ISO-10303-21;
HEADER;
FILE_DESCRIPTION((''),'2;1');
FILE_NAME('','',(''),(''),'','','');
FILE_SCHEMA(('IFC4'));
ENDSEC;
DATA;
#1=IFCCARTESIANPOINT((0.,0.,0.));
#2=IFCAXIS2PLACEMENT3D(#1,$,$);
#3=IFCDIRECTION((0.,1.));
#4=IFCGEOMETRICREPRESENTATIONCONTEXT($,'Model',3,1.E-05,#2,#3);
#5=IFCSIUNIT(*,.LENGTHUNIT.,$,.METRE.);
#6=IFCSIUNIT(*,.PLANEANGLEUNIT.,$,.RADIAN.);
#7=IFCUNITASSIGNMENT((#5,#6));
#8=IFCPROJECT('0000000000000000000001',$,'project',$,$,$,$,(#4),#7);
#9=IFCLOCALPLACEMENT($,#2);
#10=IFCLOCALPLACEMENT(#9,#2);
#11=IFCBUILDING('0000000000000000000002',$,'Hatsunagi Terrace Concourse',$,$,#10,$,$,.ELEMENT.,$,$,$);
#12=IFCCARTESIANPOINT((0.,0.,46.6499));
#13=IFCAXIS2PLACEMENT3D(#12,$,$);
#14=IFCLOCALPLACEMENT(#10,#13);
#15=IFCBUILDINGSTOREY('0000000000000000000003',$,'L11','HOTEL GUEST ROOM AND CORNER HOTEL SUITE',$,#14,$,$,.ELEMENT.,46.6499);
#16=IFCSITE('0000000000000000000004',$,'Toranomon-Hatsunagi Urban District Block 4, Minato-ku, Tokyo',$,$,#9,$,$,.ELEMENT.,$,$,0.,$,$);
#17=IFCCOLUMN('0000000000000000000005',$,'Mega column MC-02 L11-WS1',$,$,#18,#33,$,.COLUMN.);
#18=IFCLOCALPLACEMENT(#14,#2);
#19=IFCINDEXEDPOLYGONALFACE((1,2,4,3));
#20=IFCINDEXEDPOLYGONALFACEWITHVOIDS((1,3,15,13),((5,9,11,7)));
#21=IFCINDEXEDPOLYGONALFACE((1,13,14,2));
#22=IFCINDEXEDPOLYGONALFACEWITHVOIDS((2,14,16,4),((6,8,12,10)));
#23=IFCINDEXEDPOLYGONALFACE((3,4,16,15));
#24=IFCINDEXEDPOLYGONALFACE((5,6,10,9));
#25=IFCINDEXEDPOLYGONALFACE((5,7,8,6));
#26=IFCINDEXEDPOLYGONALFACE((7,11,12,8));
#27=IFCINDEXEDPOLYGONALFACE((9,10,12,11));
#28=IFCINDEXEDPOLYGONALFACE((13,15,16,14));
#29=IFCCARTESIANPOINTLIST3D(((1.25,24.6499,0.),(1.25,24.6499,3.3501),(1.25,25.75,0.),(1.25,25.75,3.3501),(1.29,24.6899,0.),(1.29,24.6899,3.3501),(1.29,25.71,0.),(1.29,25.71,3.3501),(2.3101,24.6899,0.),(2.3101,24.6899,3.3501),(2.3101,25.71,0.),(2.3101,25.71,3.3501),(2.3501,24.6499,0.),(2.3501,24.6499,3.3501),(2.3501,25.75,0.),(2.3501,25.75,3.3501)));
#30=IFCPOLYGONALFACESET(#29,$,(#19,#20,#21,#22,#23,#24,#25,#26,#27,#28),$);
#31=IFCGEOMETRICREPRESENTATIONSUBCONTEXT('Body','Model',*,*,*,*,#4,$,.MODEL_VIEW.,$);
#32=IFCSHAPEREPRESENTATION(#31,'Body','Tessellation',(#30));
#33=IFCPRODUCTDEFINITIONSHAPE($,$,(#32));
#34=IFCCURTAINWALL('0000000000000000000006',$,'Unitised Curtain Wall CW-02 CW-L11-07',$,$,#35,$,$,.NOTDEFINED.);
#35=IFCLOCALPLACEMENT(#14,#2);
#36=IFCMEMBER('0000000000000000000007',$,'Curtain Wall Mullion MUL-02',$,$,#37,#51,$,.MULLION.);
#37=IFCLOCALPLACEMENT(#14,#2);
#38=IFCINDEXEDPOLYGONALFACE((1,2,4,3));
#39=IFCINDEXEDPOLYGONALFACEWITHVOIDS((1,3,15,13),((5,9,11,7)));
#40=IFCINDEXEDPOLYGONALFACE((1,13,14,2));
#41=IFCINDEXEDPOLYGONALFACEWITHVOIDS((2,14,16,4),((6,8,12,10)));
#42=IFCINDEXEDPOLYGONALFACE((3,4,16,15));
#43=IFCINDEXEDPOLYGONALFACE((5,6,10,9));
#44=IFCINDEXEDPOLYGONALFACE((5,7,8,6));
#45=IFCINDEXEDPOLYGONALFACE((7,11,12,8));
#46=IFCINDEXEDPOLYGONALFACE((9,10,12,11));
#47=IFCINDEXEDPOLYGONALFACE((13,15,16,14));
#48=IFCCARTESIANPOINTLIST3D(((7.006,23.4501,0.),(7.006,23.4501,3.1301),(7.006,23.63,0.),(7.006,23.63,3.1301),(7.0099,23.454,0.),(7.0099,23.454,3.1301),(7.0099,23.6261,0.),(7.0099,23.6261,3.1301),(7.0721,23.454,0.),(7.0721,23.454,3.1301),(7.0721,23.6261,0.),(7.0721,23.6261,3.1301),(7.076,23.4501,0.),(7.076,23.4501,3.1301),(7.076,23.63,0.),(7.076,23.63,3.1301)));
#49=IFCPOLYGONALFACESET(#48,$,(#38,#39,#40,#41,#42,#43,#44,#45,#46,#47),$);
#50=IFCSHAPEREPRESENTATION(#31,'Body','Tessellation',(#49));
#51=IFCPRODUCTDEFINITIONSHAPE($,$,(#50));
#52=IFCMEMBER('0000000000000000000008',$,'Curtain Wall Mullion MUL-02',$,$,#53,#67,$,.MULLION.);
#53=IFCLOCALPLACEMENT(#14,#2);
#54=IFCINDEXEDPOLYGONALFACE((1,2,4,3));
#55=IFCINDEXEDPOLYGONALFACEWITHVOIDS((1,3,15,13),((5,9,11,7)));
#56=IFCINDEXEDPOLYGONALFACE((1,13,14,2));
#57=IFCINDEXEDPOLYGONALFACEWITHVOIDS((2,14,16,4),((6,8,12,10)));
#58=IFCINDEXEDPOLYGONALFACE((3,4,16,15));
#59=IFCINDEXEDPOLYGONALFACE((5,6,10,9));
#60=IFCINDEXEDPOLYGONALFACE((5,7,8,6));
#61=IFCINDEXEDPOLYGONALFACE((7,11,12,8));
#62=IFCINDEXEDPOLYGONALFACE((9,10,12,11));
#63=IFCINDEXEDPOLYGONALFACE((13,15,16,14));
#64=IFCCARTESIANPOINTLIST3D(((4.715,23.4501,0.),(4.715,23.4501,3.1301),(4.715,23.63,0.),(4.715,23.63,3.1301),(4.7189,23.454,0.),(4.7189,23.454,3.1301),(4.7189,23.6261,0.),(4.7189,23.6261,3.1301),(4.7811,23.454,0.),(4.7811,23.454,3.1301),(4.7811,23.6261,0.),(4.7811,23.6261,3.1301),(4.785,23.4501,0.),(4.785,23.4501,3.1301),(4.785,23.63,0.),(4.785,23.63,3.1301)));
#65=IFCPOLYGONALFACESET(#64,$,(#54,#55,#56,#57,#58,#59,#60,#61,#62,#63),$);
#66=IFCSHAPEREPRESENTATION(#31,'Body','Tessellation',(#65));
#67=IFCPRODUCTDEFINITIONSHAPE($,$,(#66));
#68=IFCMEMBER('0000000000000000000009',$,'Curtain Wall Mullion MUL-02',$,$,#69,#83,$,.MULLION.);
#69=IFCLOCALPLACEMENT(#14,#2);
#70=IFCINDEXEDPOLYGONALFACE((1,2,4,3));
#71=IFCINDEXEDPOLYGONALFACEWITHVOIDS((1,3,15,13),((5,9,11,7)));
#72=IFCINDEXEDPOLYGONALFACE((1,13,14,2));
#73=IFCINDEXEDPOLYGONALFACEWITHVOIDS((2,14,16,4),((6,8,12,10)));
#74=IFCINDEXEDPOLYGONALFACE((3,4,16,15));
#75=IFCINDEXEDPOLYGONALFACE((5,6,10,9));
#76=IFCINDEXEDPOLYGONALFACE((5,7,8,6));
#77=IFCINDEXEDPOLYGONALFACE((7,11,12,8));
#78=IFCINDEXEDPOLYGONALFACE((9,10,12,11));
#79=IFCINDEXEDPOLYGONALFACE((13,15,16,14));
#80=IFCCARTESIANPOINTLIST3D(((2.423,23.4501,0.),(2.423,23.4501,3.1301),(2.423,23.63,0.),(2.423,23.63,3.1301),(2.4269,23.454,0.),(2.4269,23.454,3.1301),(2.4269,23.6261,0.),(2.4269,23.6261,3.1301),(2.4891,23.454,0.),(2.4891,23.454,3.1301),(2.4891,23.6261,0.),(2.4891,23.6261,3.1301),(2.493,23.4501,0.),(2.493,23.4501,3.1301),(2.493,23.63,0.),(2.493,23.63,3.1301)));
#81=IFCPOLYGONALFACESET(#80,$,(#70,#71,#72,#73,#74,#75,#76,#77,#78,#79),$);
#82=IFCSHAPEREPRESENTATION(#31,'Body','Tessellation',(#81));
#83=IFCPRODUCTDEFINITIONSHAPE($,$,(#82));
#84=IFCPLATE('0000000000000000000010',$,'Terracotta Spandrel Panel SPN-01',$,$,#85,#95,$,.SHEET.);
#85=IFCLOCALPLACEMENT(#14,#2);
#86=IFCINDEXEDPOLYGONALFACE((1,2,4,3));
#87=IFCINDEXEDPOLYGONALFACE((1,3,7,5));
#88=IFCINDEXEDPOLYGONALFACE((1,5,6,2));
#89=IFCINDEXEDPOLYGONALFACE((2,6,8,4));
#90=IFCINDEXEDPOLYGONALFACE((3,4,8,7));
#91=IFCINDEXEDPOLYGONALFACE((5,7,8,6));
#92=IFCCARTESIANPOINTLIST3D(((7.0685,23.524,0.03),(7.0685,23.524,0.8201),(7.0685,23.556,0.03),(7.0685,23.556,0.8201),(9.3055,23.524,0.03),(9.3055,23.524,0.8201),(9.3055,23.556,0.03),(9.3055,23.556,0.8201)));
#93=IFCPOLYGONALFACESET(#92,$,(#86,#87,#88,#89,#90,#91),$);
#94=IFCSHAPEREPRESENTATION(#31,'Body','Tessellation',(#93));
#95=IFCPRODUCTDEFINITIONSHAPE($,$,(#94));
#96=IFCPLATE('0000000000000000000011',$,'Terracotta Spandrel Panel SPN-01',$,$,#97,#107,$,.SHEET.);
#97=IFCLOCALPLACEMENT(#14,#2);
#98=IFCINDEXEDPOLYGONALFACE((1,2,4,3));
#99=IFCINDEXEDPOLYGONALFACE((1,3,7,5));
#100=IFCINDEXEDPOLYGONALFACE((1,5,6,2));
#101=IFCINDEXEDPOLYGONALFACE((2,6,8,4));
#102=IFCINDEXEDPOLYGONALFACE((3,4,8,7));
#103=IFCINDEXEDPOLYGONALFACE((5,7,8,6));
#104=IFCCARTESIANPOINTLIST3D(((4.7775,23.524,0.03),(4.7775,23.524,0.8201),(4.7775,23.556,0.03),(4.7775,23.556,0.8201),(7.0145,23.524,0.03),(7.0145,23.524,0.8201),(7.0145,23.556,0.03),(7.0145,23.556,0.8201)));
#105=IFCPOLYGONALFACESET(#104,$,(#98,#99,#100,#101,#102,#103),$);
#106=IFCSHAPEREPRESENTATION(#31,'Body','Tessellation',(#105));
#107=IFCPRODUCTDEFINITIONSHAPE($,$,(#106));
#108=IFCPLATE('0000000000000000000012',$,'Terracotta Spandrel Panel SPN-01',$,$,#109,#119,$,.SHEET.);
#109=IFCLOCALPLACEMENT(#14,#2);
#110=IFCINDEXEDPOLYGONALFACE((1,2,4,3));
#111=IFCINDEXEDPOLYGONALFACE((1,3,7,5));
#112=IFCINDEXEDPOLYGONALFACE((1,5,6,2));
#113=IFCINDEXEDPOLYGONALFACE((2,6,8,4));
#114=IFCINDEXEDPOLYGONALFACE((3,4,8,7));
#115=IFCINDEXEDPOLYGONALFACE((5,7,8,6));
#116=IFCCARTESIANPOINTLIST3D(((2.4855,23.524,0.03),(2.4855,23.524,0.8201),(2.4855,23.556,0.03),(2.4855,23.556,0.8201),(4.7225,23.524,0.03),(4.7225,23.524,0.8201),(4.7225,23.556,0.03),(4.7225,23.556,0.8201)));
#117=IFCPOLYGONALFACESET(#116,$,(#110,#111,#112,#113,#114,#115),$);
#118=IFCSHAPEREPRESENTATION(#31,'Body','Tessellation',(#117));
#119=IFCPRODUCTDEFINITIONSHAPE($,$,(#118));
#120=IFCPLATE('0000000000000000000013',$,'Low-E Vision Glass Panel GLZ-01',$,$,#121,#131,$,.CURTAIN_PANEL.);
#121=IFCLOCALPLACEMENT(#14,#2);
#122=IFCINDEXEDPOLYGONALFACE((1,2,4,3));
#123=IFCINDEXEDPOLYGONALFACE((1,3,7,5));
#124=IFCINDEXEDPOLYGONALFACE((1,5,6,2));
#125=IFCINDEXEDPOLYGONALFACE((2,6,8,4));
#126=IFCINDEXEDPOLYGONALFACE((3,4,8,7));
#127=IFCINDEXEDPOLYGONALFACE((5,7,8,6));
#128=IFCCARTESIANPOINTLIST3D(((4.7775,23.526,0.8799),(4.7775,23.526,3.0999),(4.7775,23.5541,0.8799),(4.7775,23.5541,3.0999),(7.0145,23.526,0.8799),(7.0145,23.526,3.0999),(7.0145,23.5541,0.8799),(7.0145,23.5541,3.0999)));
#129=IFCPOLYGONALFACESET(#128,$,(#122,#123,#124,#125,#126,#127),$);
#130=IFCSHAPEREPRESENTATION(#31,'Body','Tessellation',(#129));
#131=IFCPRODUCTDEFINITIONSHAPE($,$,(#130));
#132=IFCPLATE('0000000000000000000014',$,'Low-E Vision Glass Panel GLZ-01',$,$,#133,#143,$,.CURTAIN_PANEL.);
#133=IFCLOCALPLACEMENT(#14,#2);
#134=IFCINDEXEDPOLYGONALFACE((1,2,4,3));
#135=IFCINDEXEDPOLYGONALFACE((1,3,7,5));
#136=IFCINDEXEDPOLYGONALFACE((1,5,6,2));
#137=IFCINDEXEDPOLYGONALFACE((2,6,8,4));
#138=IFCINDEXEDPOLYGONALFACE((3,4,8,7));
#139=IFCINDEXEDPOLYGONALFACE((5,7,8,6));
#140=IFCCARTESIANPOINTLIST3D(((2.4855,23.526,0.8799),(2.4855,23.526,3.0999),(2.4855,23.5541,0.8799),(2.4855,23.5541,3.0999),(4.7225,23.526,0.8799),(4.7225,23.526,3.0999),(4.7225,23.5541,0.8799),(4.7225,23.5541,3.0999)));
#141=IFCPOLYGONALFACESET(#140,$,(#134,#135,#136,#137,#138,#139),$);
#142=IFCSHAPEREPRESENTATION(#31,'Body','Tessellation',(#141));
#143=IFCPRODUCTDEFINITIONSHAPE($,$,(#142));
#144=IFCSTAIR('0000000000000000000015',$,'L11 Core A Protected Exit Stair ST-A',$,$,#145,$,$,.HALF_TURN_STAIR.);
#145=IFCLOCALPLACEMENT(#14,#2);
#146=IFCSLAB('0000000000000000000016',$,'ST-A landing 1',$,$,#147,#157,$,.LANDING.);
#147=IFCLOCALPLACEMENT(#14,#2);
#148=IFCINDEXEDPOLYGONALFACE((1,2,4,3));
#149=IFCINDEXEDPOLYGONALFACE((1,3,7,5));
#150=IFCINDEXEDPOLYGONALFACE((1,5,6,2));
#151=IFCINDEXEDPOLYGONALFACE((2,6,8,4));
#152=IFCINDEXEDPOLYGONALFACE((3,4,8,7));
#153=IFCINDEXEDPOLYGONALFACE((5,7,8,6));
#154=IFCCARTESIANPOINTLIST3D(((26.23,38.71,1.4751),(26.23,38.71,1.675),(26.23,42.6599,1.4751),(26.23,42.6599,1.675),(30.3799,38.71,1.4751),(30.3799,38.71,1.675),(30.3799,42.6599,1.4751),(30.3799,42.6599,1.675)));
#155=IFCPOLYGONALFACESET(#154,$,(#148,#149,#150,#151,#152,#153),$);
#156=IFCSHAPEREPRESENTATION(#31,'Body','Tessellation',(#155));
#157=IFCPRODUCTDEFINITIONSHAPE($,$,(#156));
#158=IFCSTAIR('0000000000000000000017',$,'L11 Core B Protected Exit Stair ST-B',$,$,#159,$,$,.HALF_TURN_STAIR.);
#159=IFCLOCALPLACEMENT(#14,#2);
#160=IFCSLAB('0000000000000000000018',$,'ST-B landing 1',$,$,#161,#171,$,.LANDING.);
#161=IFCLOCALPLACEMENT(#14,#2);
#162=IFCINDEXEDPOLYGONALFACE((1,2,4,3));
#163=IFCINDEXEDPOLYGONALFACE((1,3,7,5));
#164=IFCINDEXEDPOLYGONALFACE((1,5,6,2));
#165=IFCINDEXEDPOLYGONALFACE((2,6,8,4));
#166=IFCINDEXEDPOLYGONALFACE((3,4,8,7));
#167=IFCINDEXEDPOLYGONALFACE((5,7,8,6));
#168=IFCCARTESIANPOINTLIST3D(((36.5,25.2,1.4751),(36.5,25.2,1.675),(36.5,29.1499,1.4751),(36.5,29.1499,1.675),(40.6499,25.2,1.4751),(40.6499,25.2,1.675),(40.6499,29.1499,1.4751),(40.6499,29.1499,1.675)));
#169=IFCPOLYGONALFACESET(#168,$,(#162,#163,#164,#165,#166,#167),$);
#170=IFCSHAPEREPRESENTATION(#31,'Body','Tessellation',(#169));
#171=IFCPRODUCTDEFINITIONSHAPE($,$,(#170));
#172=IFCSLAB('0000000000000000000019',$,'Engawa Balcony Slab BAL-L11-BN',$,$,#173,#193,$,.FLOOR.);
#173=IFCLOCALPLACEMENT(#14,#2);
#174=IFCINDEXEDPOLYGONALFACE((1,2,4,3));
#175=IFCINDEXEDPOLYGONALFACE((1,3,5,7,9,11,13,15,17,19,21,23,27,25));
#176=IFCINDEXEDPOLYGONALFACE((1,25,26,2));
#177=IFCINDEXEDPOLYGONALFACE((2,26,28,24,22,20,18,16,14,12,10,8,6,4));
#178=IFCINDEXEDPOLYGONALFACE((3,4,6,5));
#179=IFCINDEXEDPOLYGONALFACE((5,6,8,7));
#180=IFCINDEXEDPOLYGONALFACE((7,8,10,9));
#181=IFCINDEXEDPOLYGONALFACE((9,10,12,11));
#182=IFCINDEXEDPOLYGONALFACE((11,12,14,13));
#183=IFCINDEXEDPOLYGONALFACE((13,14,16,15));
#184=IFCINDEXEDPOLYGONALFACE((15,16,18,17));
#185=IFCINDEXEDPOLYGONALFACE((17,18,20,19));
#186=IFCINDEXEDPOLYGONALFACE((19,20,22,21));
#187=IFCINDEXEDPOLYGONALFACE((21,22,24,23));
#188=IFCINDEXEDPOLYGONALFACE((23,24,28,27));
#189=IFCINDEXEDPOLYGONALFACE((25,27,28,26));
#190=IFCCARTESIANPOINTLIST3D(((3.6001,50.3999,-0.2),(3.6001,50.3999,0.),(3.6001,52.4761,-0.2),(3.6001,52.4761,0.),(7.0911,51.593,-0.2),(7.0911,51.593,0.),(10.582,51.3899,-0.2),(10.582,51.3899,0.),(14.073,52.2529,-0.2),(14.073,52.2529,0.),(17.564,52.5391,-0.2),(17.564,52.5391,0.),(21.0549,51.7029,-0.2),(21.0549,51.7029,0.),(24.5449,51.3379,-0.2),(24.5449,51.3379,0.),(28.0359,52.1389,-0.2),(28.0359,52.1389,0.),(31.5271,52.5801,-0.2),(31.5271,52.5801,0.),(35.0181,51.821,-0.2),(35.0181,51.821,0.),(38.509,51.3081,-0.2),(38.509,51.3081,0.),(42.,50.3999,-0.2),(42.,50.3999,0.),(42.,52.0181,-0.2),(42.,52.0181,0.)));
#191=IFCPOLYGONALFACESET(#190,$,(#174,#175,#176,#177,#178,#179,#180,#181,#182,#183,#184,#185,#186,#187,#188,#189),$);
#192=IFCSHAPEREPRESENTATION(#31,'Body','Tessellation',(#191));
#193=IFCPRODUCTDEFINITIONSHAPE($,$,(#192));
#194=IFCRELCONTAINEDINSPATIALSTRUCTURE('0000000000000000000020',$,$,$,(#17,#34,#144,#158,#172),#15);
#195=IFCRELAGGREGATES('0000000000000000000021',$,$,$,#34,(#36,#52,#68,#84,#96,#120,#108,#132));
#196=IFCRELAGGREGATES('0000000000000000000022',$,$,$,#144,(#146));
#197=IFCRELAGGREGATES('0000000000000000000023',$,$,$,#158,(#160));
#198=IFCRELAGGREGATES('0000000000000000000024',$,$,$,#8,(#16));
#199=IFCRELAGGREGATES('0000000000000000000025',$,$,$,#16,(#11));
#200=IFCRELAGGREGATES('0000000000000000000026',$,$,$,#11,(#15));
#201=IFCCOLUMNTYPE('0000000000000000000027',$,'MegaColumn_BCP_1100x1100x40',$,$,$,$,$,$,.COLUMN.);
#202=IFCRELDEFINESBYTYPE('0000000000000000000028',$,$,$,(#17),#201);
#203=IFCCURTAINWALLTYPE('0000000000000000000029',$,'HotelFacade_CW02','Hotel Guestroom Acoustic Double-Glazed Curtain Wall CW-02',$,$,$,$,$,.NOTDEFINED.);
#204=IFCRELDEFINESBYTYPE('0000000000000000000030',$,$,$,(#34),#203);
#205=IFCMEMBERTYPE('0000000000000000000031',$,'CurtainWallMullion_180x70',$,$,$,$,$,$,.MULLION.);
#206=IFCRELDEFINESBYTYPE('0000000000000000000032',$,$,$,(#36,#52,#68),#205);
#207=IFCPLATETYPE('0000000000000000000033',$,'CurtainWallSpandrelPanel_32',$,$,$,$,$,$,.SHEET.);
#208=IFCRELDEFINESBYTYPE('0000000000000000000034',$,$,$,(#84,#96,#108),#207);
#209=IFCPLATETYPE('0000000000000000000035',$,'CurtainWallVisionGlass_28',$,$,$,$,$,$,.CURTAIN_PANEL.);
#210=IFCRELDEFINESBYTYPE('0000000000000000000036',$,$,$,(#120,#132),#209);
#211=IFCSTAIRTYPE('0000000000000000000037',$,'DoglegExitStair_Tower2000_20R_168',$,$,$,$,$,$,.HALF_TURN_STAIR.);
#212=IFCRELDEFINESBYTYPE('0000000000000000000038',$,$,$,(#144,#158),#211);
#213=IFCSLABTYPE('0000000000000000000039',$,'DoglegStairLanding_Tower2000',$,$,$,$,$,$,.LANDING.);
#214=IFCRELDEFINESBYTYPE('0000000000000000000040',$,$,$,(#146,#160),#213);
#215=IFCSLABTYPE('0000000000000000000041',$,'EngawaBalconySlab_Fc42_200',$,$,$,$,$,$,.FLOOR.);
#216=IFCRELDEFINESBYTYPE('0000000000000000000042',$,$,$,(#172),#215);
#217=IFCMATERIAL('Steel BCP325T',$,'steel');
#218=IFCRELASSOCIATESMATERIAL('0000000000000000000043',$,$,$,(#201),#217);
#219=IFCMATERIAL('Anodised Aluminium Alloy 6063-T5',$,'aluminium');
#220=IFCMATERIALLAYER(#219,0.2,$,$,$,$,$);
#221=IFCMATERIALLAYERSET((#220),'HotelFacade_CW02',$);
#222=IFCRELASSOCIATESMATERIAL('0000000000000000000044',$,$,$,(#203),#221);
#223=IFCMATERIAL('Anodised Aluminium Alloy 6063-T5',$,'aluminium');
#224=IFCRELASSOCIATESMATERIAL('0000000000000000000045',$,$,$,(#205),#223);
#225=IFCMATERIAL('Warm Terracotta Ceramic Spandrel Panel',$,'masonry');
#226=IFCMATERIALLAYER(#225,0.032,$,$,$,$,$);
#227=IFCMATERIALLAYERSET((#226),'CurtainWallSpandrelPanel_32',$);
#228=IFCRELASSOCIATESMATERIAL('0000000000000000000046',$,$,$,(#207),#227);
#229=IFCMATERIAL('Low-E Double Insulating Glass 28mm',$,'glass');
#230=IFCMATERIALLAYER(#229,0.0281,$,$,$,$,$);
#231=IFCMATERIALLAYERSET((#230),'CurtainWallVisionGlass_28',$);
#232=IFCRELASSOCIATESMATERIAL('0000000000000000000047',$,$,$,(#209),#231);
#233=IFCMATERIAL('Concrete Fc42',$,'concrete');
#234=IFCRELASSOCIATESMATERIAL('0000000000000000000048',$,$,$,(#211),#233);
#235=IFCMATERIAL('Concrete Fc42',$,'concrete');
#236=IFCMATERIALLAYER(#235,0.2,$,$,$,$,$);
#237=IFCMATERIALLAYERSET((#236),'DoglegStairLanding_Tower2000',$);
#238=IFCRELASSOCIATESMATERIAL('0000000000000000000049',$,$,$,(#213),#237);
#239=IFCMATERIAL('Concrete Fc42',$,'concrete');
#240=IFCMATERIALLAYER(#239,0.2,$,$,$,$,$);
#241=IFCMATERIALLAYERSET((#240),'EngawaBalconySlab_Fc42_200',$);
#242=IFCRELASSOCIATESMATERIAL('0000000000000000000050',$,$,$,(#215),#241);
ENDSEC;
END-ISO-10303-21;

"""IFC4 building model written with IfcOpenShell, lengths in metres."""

from ifc_helpers import new_model, si_unit, direction, frame, origin, origin_2d, place, context, subcontext, project, spatial, polyline, rectangle, hollow_rectangle, outline, extrude, material, layer, layer_set, material_profile, profile_set, type_object, element, aggregate, save


model = new_model("IFC4")

# Units and contexts
model_context = context("Model", 3, precision=1e-05, world=origin(), true_north=direction((0.0, 1.0)))
body_context = subcontext(model_context, "Body", "Model", "MODEL_VIEW")
ifc_project = project(units=[si_unit("LENGTHUNIT", "METRE"), si_unit("PLANEANGLEUNIT", "RADIAN")], contexts=[model_context])

# Site, building, storey
site_placement = place(None, origin())
site = spatial("IfcSite", under=ifc_project, at=site_placement, Name="Toranomon-Hatsunagi Urban District Block 4, Minato-ku, Tokyo", CompositionType="ELEMENT", RefElevation=0.0)
building_placement = place(site_placement, origin())
building = spatial("IfcBuilding", under=site, at=building_placement, Name="Hatsunagi Terrace Concourse", CompositionType="ELEMENT")
storey_placement = place(building_placement, frame((0.0, 0.0, 46.6499)))
storey = spatial("IfcBuildingStorey", under=building, at=storey_placement, Name="L11", Description="HOTEL GUEST ROOM AND CORNER HOTEL SUITE", CompositionType="ELEMENT", Elevation=46.6499)

# Column
ifc_material_1 = material(Name="Steel BCP325T", Category="steel")
ifc_material_profile_1 = material_profile(ifc_material_1, hollow_rectangle(XDim=1.1001, YDim=1.1001, WallThickness=0.04, at=origin_2d()), Name="BCP-1100x1100x40")
ifc_profile_set_1 = profile_set([ifc_material_profile_1], Name="Steel BCP325T")
column_type = type_object("IfcColumnType", Name="MegaColumn_BCP_1100x1100x40", PredefinedType="COLUMN", material=ifc_profile_set_1)
column_placement = place(storey_placement, frame((1.8, 25.2, 0.0), z_axis=(0.0, 0.0, 1.0), x_axis=(1.0, 0.0, 0.0)))
element("IfcColumn", 1, at=column_placement, inside=storey, type_object=column_type, Name="Mega column MC-02 L11-WS1", PredefinedType="COLUMN", context=body_context, shape_type="SweptSolid", body=[
    extrude(hollow_rectangle(XDim=1.1001, YDim=1.1001, WallThickness=0.04, at=origin_2d()), origin(), (0.0, 0.0, 1.0), 3.3501),
])

# Curtain wall, members, plates
ifc_material_2 = material(Name="Anodised Aluminium Alloy 6063-T5", Category="aluminium")
ifc_layer_1 = layer(ifc_material_2, 0.2)
ifc_layer_set_1 = layer_set([ifc_layer_1], Name="HotelFacade_CW02")
curtain_wall_type = type_object("IfcCurtainWallType", Name="HotelFacade_CW02", Description="Hotel Guestroom Acoustic Double-Glazed Curtain Wall CW-02", PredefinedType="NOTDEFINED", material=ifc_layer_set_1)
curtain_wall_placement = place(storey_placement, origin())
curtain_wall = element("IfcCurtainWall", 2, at=curtain_wall_placement, inside=storey, type_object=curtain_wall_type, Name="Unitised Curtain Wall CW-02 CW-L11-07", PredefinedType="NOTDEFINED")
ifc_material_3 = material(Name="Anodised Aluminium Alloy 6063-T5", Category="aluminium")
ifc_material_profile_2 = material_profile(ifc_material_3, hollow_rectangle(XDim=0.0701, YDim=0.1799, WallThickness=0.0039, at=origin_2d()), Name="ALU-MUL-180x70x4")
ifc_profile_set_2 = profile_set([ifc_material_profile_2], Name="Anodised Aluminium Alloy 6063-T5")
member_type = type_object("IfcMemberType", Name="CurtainWallMullion_180x70", PredefinedType="MULLION", material=ifc_profile_set_2)
member_1_placement = place(storey_placement, frame((7.041, 23.54, 0.0), z_axis=(0.0, 0.0, 1.0), x_axis=(-1.0, 0.0, 0.0)))
member_1 = element("IfcMember", 3, at=member_1_placement, type_object=member_type, Name="Curtain Wall Mullion MUL-02", PredefinedType="MULLION", context=body_context, shape_type="SweptSolid", body=[
    extrude(hollow_rectangle(XDim=0.0701, YDim=0.1799, WallThickness=0.0039, at=origin_2d()), origin(), (0.0, 0.0, 1.0), 3.1301),
])
member_2_placement = place(storey_placement, frame((4.75, 23.54, 0.0), z_axis=(0.0, 0.0, 1.0), x_axis=(-1.0, 0.0, 0.0)))
member_2 = element("IfcMember", 4, at=member_2_placement, type_object=member_type, Name="Curtain Wall Mullion MUL-02", PredefinedType="MULLION", context=body_context, shape_type="SweptSolid", body=[
    extrude(hollow_rectangle(XDim=0.0701, YDim=0.1799, WallThickness=0.0039, at=origin_2d()), origin(), (0.0, 0.0, 1.0), 3.1301),
])
member_3_placement = place(storey_placement, frame((2.458, 23.54, 0.0), z_axis=(0.0, 0.0, 1.0), x_axis=(-1.0, 0.0, 0.0)))
member_3 = element("IfcMember", 5, at=member_3_placement, type_object=member_type, Name="Curtain Wall Mullion MUL-02", PredefinedType="MULLION", context=body_context, shape_type="SweptSolid", body=[
    extrude(hollow_rectangle(XDim=0.0701, YDim=0.1799, WallThickness=0.0039, at=origin_2d()), origin(), (0.0, 0.0, 1.0), 3.1301),
])
ifc_material_4 = material(Name="Warm Terracotta Ceramic Spandrel Panel", Category="masonry")
ifc_layer_2 = layer(ifc_material_4, 0.032)
ifc_layer_set_2 = layer_set([ifc_layer_2], Name="CurtainWallSpandrelPanel_32")
plate_type_1 = type_object("IfcPlateType", Name="CurtainWallSpandrelPanel_32", PredefinedType="SHEET", material=ifc_layer_set_2)
plate_1_placement = place(storey_placement, frame((8.187, 23.54, 0.03), z_axis=(0.0, 0.0, 1.0), x_axis=(-1.0, 0.0, 0.0)))
plate_1 = element("IfcPlate", 6, at=plate_1_placement, type_object=plate_type_1, Name="Terracotta Spandrel Panel SPN-01", PredefinedType="SHEET", context=body_context, shape_type="SweptSolid", body=[
    extrude(rectangle(XDim=2.2371, YDim=0.032, at=origin_2d()), origin(), (0.0, 0.0, 1.0), 0.79),
])
plate_2_placement = place(storey_placement, frame((5.896, 23.54, 0.03), z_axis=(0.0, 0.0, 1.0), x_axis=(-1.0, 0.0, 0.0)))
plate_2 = element("IfcPlate", 7, at=plate_2_placement, type_object=plate_type_1, Name="Terracotta Spandrel Panel SPN-01", PredefinedType="SHEET", context=body_context, shape_type="SweptSolid", body=[
    extrude(rectangle(XDim=2.2371, YDim=0.032, at=origin_2d()), origin(), (0.0, 0.0, 1.0), 0.79),
])
plate_3_placement = place(storey_placement, frame((3.604, 23.54, 0.03), z_axis=(0.0, 0.0, 1.0), x_axis=(-1.0, 0.0, 0.0)))
plate_3 = element("IfcPlate", 8, at=plate_3_placement, type_object=plate_type_1, Name="Terracotta Spandrel Panel SPN-01", PredefinedType="SHEET", context=body_context, shape_type="SweptSolid", body=[
    extrude(rectangle(XDim=2.2371, YDim=0.032, at=origin_2d()), origin(), (0.0, 0.0, 1.0), 0.79),
])
ifc_material_5 = material(Name="Low-E Double Insulating Glass 28mm", Category="glass")
ifc_layer_3 = layer(ifc_material_5, 0.0281)
ifc_layer_set_3 = layer_set([ifc_layer_3], Name="CurtainWallVisionGlass_28")
plate_type_2 = type_object("IfcPlateType", Name="CurtainWallVisionGlass_28", PredefinedType="CURTAIN_PANEL", material=ifc_layer_set_3)
plate_4_placement = place(storey_placement, frame((5.896, 23.54, 0.8799), z_axis=(0.0, 0.0, 1.0), x_axis=(-1.0, 0.0, 0.0)))
plate_4 = element("IfcPlate", 9, at=plate_4_placement, type_object=plate_type_2, Name="Low-E Vision Glass Panel GLZ-01", PredefinedType="CURTAIN_PANEL", context=body_context, shape_type="SweptSolid", body=[
    extrude(rectangle(XDim=2.2371, YDim=0.0281, at=origin_2d()), origin(), (0.0, 0.0, 1.0), 2.22),
])
plate_5_placement = place(storey_placement, frame((3.604, 23.54, 0.8799), z_axis=(0.0, 0.0, 1.0), x_axis=(-1.0, 0.0, 0.0)))
plate_5 = element("IfcPlate", 10, at=plate_5_placement, type_object=plate_type_2, Name="Low-E Vision Glass Panel GLZ-01", PredefinedType="CURTAIN_PANEL", context=body_context, shape_type="SweptSolid", body=[
    extrude(rectangle(XDim=2.2371, YDim=0.0281, at=origin_2d()), origin(), (0.0, 0.0, 1.0), 2.22),
])
aggregate(curtain_wall, [member_1, member_2, member_3, plate_1, plate_2, plate_4, plate_3, plate_5])

# Stairs, slabs
ifc_material_6 = material(Name="Concrete Fc42", Category="concrete")
stair_type = type_object("IfcStairType", Name="DoglegExitStair_Tower2000_20R_168", PredefinedType="HALF_TURN_STAIR", material=ifc_material_6)
stair_1_placement = place(storey_placement, origin())
stair_1 = element("IfcStair", 11, at=stair_1_placement, inside=storey, type_object=stair_type, Name="L11 Core A Protected Exit Stair ST-A", PredefinedType="HALF_TURN_STAIR")
ifc_material_7 = material(Name="Concrete Fc42", Category="concrete")
ifc_layer_4 = layer(ifc_material_7, 0.2)
ifc_layer_set_4 = layer_set([ifc_layer_4], Name="DoglegStairLanding_Tower2000")
slab_type_1 = type_object("IfcSlabType", Name="DoglegStairLanding_Tower2000", PredefinedType="LANDING", material=ifc_layer_set_4)
slab_1_placement = place(storey_placement, frame((0.0, 0.0, 1.4751)))
slab_1 = element("IfcSlab", 12, at=slab_1_placement, type_object=slab_type_1, Name="ST-A landing 1", PredefinedType="LANDING", context=body_context, shape_type="SweptSolid", body=[
    extrude(outline(polyline([(30.3799, 38.71), (30.3799, 42.6599), (26.23, 42.6599), (26.23, 38.71), (30.3799, 38.71)])), origin(), (0.0, 0.0, 1.0), 0.2),
])
aggregate(stair_1, [slab_1])
stair_2_placement = place(storey_placement, origin())
stair_2 = element("IfcStair", 13, at=stair_2_placement, inside=storey, type_object=stair_type, Name="L11 Core B Protected Exit Stair ST-B", PredefinedType="HALF_TURN_STAIR")
slab_2_placement = place(storey_placement, frame((0.0, 0.0, 1.4751)))
slab_2 = element("IfcSlab", 14, at=slab_2_placement, type_object=slab_type_1, Name="ST-B landing 1", PredefinedType="LANDING", context=body_context, shape_type="SweptSolid", body=[
    extrude(outline(polyline([(36.5, 29.1499), (36.5, 25.2), (40.6499, 25.2), (40.6499, 29.1499), (36.5, 29.1499)])), origin(), (0.0, 0.0, 1.0), 0.2),
])
aggregate(stair_2, [slab_2])

# Slab
ifc_material_8 = material(Name="Concrete Fc42", Category="concrete")
ifc_layer_5 = layer(ifc_material_8, 0.2)
ifc_layer_set_5 = layer_set([ifc_layer_5], Name="EngawaBalconySlab_Fc42_200")
slab_type_2 = type_object("IfcSlabType", Name="EngawaBalconySlab_Fc42_200", PredefinedType="FLOOR", material=ifc_layer_set_5)
slab_3_placement = place(storey_placement, frame((0.0, 0.0, -0.2)))
element("IfcSlab", 15, at=slab_3_placement, inside=storey, type_object=slab_type_2, Name="Engawa Balcony Slab BAL-L11-BN", PredefinedType="FLOOR", context=body_context, shape_type="SweptSolid", body=[
    extrude(outline(polyline([(3.6001, 52.4761), (3.6001, 50.3999), (42.0, 50.3999), (42.0, 52.0181), (38.509, 51.3081), (35.0181, 51.821), (31.5271, 52.5801), (28.0359, 52.1389), (24.5449, 51.3379), (21.0549, 51.7029), (17.564, 52.5391), (14.073, 52.2529), (10.582, 51.3899), (7.0911, 51.593), (3.6001, 52.4761)])), origin(), (0.0, 0.0, 1.0), 0.2),
])

save(model, "model.ifc")
